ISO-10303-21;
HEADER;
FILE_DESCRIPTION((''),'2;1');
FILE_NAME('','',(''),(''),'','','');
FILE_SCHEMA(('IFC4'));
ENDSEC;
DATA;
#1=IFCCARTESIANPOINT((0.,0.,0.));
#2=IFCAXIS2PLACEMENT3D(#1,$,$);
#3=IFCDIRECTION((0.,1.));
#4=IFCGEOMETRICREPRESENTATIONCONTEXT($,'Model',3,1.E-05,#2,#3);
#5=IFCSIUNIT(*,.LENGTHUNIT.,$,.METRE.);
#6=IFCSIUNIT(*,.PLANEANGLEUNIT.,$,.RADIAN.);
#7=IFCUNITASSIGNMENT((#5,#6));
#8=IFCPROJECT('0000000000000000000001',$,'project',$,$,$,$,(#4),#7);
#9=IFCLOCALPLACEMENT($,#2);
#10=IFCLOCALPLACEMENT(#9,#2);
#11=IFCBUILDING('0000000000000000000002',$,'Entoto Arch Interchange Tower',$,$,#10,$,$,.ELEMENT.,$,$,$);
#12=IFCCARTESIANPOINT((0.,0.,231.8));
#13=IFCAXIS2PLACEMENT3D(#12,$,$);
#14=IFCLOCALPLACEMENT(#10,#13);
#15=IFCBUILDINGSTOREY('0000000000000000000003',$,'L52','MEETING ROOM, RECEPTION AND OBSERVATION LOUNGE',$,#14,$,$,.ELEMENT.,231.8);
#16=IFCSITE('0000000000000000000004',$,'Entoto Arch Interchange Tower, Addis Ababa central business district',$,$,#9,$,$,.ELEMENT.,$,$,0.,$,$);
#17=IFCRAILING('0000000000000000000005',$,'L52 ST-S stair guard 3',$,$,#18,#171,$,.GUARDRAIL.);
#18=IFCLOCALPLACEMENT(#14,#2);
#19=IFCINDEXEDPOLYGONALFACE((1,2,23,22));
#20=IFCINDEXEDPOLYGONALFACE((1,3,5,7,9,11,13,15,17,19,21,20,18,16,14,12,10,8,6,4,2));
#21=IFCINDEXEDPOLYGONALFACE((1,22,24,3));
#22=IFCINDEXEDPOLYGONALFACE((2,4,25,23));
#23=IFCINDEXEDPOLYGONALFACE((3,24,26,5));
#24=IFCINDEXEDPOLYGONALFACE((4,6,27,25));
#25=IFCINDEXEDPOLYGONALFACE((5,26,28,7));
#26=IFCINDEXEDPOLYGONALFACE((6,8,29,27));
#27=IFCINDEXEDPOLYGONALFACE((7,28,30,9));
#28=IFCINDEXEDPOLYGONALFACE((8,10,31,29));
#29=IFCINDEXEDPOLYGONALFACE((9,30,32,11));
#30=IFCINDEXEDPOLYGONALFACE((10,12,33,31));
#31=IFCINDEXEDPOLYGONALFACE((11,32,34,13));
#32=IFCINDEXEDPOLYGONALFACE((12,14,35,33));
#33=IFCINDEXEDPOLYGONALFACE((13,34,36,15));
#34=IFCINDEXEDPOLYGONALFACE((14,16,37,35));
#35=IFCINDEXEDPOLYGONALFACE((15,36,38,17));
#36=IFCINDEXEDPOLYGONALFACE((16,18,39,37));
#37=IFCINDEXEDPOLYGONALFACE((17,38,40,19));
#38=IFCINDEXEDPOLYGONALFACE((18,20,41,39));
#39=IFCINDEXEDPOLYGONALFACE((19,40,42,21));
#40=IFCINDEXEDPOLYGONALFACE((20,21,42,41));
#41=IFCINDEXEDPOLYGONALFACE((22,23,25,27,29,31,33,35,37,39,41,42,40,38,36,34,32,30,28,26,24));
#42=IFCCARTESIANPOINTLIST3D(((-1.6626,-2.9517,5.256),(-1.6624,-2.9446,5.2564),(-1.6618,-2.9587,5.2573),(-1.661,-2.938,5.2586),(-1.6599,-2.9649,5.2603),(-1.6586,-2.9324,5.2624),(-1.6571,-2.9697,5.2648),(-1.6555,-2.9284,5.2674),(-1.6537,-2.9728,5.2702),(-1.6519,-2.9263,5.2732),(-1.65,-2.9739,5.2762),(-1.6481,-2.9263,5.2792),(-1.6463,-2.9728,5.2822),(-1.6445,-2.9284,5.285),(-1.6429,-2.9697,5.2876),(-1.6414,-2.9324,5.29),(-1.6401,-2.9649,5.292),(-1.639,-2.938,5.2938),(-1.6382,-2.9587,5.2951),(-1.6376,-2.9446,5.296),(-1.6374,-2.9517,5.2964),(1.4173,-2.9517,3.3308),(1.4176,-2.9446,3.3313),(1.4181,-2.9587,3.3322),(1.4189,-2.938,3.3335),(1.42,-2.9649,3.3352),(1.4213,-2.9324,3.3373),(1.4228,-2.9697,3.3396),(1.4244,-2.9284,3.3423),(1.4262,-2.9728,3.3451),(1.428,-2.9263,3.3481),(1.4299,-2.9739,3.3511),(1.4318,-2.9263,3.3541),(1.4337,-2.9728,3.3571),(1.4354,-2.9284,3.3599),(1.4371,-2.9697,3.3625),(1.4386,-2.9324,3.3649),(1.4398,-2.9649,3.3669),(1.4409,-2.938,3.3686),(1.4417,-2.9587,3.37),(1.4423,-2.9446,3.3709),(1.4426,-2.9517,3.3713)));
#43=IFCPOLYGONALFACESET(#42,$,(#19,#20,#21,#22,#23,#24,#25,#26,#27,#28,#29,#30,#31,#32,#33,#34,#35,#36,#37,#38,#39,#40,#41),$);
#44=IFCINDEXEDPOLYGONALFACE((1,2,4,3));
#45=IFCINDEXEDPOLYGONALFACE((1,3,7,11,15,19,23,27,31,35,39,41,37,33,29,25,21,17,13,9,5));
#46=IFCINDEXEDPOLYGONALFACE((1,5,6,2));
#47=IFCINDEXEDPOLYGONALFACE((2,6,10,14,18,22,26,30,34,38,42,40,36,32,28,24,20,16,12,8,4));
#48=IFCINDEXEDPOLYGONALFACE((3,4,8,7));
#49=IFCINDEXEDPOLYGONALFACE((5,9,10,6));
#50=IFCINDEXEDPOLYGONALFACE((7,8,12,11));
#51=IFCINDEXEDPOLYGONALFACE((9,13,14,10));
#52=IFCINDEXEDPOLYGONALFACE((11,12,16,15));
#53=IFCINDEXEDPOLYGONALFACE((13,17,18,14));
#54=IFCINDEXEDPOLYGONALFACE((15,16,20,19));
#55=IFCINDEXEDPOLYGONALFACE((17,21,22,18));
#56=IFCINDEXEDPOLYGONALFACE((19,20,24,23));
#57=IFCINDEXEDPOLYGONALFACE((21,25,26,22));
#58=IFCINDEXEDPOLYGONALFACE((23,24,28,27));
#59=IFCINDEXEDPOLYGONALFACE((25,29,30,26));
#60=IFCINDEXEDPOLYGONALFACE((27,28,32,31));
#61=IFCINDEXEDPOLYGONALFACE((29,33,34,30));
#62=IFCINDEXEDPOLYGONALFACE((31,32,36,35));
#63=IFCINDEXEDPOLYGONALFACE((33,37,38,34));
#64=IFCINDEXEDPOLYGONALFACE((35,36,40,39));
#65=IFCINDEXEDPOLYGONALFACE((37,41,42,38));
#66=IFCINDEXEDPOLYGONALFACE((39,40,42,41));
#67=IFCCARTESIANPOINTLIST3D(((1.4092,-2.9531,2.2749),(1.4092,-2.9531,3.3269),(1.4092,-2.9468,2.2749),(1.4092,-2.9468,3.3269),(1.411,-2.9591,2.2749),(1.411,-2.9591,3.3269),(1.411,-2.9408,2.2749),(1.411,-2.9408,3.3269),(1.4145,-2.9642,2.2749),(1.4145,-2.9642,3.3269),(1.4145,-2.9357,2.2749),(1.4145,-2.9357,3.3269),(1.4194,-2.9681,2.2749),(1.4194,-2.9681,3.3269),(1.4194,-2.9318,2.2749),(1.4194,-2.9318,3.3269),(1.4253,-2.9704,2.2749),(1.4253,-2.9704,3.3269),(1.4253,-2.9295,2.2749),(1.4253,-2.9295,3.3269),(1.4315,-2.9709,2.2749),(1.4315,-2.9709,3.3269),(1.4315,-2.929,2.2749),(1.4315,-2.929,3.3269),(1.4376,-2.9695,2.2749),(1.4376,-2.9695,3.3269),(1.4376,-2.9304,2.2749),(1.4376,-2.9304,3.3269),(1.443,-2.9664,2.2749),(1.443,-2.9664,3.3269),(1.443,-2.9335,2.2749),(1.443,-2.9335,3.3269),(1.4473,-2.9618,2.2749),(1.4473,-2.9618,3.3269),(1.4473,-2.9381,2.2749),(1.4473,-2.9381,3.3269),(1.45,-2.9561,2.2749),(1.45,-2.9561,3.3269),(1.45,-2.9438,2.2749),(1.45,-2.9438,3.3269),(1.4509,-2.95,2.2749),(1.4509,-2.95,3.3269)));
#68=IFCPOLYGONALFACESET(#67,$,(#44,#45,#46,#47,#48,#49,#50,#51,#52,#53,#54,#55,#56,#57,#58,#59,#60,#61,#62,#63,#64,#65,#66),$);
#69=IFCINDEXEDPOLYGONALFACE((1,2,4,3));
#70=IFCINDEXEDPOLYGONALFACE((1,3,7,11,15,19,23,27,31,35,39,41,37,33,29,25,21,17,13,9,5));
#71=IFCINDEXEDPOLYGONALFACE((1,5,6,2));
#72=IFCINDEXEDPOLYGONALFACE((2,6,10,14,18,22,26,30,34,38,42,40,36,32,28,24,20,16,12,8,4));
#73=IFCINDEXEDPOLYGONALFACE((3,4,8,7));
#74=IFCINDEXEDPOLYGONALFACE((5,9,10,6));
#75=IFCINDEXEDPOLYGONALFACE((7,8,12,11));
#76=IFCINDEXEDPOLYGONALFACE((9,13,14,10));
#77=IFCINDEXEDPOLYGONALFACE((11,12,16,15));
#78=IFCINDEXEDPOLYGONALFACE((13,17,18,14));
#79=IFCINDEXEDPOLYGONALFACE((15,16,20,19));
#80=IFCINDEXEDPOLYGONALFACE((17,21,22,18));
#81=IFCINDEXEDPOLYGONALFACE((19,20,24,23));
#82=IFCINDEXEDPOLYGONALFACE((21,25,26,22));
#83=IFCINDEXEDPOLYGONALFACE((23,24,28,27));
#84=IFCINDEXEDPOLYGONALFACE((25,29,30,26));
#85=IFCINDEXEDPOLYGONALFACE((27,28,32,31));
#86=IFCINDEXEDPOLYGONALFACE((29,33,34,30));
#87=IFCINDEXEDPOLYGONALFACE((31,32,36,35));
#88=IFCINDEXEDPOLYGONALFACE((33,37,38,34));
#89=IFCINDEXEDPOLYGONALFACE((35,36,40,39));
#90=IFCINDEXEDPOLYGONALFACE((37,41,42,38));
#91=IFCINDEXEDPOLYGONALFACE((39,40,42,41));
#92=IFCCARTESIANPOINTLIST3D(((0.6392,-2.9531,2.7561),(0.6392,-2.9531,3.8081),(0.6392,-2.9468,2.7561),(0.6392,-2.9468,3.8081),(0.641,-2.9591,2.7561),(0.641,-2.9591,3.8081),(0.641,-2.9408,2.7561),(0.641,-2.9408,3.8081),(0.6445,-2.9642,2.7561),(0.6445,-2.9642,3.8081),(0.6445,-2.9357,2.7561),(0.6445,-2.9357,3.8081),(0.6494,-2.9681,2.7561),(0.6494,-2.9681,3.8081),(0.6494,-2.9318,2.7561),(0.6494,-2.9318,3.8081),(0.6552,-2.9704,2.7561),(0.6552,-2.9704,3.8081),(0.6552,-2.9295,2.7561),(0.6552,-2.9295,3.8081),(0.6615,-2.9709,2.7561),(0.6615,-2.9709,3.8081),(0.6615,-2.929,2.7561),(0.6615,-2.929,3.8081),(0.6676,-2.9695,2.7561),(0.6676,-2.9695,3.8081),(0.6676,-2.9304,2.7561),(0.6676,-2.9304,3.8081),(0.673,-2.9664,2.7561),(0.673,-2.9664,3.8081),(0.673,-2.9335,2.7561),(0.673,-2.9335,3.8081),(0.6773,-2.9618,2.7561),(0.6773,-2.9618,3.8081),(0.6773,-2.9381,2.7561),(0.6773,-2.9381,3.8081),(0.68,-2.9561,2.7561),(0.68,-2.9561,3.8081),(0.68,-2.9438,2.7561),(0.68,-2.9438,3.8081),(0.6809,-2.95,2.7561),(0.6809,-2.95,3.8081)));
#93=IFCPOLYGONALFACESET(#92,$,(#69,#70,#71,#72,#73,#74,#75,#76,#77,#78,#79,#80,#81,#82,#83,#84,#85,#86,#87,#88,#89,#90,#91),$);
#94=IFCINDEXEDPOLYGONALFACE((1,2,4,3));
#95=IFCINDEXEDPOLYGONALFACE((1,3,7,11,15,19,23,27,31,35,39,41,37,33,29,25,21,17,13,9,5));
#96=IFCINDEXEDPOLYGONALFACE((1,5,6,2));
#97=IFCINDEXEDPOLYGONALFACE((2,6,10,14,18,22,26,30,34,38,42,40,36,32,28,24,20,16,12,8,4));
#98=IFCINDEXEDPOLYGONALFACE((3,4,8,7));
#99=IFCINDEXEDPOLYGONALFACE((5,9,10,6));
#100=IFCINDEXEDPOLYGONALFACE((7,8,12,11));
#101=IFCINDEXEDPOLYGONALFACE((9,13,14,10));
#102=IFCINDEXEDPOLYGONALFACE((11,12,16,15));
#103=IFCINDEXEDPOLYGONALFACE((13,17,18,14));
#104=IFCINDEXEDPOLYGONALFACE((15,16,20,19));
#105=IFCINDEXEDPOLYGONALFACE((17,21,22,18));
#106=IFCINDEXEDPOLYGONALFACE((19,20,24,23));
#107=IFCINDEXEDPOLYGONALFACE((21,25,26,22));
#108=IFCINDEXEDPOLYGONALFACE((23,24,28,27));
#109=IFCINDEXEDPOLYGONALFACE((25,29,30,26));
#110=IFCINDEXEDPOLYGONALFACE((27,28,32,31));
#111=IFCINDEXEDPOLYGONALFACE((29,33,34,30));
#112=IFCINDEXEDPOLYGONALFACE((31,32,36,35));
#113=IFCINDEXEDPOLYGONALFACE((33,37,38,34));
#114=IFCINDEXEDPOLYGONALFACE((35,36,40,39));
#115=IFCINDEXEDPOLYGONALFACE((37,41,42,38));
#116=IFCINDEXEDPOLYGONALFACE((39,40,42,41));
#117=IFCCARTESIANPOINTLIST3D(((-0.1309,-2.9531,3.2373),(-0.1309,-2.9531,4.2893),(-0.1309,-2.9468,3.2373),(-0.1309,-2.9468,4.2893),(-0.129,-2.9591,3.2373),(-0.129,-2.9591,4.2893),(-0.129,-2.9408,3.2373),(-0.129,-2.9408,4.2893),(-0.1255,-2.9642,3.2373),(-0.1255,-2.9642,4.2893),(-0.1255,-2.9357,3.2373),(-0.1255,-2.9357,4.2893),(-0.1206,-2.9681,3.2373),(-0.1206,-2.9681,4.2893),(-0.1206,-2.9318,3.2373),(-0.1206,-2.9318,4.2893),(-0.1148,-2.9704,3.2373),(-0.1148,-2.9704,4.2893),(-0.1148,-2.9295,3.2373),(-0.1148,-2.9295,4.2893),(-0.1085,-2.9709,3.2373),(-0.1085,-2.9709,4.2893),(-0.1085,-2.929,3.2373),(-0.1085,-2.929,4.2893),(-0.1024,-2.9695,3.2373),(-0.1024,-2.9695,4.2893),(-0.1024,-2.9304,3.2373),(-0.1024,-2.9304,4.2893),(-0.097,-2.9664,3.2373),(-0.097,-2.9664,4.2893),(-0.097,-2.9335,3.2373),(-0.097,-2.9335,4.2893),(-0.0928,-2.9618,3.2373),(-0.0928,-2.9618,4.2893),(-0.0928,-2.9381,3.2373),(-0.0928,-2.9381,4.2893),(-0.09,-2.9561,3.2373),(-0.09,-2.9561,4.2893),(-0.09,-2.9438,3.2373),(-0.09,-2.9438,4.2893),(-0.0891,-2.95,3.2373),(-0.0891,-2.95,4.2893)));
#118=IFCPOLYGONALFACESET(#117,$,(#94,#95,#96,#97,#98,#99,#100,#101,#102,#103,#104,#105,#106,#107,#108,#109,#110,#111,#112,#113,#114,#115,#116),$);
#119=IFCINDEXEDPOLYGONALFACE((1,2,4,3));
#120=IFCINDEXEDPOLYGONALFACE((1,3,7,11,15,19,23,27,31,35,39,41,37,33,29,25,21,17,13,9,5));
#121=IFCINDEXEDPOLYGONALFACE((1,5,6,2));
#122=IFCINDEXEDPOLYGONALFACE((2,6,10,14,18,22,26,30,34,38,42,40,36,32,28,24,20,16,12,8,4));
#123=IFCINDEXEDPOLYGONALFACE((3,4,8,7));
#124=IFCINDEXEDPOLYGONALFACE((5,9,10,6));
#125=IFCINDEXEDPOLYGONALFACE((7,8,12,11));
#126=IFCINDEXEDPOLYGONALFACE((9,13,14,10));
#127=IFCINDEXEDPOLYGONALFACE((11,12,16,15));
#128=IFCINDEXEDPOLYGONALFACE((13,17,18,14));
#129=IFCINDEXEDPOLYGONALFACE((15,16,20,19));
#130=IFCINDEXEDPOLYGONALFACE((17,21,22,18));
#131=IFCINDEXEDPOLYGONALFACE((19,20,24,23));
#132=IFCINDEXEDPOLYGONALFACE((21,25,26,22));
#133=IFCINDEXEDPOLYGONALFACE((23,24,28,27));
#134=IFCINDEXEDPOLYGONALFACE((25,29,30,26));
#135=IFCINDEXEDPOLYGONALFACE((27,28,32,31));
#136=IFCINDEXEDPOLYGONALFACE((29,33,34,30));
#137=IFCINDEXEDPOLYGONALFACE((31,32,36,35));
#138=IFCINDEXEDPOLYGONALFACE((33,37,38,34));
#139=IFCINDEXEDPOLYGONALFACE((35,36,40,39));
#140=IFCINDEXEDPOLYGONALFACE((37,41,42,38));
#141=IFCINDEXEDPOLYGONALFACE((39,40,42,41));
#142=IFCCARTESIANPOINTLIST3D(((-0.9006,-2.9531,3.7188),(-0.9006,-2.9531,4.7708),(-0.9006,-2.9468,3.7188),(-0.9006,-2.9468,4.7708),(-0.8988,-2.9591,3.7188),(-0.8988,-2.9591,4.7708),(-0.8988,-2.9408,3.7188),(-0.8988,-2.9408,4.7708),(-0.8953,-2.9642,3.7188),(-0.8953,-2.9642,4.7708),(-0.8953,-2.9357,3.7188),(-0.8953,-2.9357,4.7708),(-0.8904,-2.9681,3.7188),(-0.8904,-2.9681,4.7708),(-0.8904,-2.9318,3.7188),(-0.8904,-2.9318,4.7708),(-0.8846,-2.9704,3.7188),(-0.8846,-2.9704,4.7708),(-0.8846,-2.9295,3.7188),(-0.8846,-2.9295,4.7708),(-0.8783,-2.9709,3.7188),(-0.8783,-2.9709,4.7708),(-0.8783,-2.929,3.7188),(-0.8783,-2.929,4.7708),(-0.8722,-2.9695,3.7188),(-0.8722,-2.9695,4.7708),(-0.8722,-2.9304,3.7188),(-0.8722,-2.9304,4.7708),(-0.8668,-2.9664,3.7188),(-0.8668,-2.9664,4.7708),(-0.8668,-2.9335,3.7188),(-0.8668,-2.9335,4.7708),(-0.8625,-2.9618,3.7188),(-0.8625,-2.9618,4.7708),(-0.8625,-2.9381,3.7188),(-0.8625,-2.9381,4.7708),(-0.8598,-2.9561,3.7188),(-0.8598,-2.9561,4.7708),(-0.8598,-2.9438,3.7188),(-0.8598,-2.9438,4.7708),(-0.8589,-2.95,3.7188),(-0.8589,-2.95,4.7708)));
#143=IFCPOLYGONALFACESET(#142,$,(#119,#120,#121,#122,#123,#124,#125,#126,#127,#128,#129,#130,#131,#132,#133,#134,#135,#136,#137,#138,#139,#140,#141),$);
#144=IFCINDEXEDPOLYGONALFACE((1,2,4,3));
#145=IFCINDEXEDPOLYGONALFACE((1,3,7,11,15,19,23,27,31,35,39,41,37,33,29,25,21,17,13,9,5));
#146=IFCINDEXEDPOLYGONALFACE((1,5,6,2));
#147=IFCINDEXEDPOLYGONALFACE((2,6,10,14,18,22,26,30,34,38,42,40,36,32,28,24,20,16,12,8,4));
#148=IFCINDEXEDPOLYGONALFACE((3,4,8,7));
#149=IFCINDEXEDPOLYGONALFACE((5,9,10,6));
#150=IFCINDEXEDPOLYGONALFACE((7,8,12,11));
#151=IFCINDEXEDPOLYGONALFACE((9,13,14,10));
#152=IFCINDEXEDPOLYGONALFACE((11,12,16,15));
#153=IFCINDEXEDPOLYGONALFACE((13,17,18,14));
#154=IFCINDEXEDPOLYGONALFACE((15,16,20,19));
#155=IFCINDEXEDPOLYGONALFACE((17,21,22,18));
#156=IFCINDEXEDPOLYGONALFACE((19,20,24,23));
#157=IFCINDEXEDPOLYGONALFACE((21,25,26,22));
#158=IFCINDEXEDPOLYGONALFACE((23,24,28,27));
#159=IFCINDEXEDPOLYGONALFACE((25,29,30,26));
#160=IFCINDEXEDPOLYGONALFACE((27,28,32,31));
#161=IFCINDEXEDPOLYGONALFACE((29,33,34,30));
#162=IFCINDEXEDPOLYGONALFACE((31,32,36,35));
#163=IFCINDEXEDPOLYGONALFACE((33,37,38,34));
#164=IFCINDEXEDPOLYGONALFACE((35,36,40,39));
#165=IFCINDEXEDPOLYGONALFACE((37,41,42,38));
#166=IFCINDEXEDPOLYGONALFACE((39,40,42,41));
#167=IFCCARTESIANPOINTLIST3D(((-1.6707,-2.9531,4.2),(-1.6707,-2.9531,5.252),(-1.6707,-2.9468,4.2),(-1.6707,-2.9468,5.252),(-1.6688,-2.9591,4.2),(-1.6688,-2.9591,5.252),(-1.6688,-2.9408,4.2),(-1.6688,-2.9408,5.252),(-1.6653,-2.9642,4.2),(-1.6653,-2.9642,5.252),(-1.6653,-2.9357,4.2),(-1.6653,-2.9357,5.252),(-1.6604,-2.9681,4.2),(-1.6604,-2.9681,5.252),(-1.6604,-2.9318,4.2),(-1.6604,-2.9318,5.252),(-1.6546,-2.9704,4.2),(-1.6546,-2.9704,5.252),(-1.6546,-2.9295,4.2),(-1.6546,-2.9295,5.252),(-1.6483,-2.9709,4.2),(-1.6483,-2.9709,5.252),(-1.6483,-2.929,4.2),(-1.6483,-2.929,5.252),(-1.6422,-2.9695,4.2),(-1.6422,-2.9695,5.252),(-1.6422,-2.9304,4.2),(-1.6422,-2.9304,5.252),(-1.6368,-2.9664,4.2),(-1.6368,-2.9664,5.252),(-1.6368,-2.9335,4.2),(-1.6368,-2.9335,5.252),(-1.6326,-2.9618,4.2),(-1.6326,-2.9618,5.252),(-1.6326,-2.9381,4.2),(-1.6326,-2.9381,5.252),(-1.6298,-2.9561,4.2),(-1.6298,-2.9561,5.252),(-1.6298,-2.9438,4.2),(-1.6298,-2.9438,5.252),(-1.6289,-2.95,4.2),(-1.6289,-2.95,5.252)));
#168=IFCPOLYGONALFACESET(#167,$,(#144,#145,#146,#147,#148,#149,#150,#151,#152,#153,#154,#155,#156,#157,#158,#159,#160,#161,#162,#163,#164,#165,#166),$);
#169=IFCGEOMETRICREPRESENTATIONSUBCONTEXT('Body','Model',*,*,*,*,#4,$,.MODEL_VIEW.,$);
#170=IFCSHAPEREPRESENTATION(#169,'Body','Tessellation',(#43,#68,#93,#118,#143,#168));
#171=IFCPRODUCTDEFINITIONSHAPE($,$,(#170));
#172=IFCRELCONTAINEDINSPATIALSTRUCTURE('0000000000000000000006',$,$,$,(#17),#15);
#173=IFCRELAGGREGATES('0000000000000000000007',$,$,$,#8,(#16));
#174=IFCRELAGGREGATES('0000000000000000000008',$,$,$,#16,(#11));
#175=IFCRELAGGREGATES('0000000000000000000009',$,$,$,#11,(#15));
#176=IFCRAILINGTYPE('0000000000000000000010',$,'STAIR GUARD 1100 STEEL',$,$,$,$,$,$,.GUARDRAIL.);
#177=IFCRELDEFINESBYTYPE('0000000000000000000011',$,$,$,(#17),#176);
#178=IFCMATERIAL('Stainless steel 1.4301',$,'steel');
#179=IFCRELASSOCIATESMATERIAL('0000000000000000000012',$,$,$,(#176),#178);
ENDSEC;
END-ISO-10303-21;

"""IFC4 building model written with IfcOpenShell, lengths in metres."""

from ifc_helpers import new_model, si_unit, direction, frame, origin, origin_2d, place, context, subcontext, project, spatial, circle, extrude, material, type_object, element, save


model = new_model("IFC4")

# Units and contexts
model_context = context("Model", 3, precision=1e-05, world=origin(), true_north=direction((0.0, 1.0)))
body_context = subcontext(model_context, "Body", "Model", "MODEL_VIEW")
ifc_project = project(units=[si_unit("LENGTHUNIT", "METRE"), si_unit("PLANEANGLEUNIT", "RADIAN")], contexts=[model_context])

# Site, building, storey
site_placement = place(None, origin())
site = spatial("IfcSite", under=ifc_project, at=site_placement, Name="Entoto Arch Interchange Tower, Addis Ababa central business district", CompositionType="ELEMENT", RefElevation=0.0)
building_placement = place(site_placement, origin())
building = spatial("IfcBuilding", under=site, at=building_placement, Name="Entoto Arch Interchange Tower", CompositionType="ELEMENT")
storey_placement = place(building_placement, frame((0.0, 0.0, 231.8)))
storey = spatial("IfcBuildingStorey", under=building, at=storey_placement, Name="L52", Description="MEETING ROOM, RECEPTION AND OBSERVATION LOUNGE", CompositionType="ELEMENT", Elevation=231.8)

# Railing
ifc_material_1 = material(Name="Stainless steel 1.4301", Category="steel")
railing_type_1 = type_object("IfcRailingType", Name="STAIR GUARD 1100 STEEL", PredefinedType="GUARDRAIL", material=ifc_material_1)
railing_1_placement = place(storey_placement, frame((1.4299, -2.95, 2.2749)))
element("IfcRailing", 1, at=railing_1_placement, inside=storey, type_object=railing_type_1, Name="L52 ST-S stair guard 3", PredefinedType="GUARDRAIL", context=body_context, shape_type="SweptSolid", body=[
    extrude(circle(Radius=0.0239, at=origin_2d()), frame((0.0, 0.0, 1.0762), z_axis=(-0.847979, 0.0, 0.530029), x_axis=(0.0, -1.0, 0.0)), (0.0, 0.0, 1.0), 3.6321),
    extrude(circle(Radius=0.021, at=origin_2d()), origin(), (0.0, 0.0, 1.0), 1.052),
    extrude(circle(Radius=0.021, at=origin_2d()), frame((-0.77, 0.0, 0.4812)), (0.0, 0.0, 1.0), 1.052),
    extrude(circle(Radius=0.021, at=origin_2d()), frame((-1.54, 0.0, 0.9624)), (0.0, 0.0, 1.0), 1.052),
    extrude(circle(Radius=0.021, at=origin_2d()), frame((-2.3098, 0.0, 1.4438)), (0.0, 0.0, 1.0), 1.052),
    extrude(circle(Radius=0.021, at=origin_2d()), frame((-3.0798, 0.0, 1.925)), (0.0, 0.0, 1.0), 1.052),
])

save(model, "model.ifc")
